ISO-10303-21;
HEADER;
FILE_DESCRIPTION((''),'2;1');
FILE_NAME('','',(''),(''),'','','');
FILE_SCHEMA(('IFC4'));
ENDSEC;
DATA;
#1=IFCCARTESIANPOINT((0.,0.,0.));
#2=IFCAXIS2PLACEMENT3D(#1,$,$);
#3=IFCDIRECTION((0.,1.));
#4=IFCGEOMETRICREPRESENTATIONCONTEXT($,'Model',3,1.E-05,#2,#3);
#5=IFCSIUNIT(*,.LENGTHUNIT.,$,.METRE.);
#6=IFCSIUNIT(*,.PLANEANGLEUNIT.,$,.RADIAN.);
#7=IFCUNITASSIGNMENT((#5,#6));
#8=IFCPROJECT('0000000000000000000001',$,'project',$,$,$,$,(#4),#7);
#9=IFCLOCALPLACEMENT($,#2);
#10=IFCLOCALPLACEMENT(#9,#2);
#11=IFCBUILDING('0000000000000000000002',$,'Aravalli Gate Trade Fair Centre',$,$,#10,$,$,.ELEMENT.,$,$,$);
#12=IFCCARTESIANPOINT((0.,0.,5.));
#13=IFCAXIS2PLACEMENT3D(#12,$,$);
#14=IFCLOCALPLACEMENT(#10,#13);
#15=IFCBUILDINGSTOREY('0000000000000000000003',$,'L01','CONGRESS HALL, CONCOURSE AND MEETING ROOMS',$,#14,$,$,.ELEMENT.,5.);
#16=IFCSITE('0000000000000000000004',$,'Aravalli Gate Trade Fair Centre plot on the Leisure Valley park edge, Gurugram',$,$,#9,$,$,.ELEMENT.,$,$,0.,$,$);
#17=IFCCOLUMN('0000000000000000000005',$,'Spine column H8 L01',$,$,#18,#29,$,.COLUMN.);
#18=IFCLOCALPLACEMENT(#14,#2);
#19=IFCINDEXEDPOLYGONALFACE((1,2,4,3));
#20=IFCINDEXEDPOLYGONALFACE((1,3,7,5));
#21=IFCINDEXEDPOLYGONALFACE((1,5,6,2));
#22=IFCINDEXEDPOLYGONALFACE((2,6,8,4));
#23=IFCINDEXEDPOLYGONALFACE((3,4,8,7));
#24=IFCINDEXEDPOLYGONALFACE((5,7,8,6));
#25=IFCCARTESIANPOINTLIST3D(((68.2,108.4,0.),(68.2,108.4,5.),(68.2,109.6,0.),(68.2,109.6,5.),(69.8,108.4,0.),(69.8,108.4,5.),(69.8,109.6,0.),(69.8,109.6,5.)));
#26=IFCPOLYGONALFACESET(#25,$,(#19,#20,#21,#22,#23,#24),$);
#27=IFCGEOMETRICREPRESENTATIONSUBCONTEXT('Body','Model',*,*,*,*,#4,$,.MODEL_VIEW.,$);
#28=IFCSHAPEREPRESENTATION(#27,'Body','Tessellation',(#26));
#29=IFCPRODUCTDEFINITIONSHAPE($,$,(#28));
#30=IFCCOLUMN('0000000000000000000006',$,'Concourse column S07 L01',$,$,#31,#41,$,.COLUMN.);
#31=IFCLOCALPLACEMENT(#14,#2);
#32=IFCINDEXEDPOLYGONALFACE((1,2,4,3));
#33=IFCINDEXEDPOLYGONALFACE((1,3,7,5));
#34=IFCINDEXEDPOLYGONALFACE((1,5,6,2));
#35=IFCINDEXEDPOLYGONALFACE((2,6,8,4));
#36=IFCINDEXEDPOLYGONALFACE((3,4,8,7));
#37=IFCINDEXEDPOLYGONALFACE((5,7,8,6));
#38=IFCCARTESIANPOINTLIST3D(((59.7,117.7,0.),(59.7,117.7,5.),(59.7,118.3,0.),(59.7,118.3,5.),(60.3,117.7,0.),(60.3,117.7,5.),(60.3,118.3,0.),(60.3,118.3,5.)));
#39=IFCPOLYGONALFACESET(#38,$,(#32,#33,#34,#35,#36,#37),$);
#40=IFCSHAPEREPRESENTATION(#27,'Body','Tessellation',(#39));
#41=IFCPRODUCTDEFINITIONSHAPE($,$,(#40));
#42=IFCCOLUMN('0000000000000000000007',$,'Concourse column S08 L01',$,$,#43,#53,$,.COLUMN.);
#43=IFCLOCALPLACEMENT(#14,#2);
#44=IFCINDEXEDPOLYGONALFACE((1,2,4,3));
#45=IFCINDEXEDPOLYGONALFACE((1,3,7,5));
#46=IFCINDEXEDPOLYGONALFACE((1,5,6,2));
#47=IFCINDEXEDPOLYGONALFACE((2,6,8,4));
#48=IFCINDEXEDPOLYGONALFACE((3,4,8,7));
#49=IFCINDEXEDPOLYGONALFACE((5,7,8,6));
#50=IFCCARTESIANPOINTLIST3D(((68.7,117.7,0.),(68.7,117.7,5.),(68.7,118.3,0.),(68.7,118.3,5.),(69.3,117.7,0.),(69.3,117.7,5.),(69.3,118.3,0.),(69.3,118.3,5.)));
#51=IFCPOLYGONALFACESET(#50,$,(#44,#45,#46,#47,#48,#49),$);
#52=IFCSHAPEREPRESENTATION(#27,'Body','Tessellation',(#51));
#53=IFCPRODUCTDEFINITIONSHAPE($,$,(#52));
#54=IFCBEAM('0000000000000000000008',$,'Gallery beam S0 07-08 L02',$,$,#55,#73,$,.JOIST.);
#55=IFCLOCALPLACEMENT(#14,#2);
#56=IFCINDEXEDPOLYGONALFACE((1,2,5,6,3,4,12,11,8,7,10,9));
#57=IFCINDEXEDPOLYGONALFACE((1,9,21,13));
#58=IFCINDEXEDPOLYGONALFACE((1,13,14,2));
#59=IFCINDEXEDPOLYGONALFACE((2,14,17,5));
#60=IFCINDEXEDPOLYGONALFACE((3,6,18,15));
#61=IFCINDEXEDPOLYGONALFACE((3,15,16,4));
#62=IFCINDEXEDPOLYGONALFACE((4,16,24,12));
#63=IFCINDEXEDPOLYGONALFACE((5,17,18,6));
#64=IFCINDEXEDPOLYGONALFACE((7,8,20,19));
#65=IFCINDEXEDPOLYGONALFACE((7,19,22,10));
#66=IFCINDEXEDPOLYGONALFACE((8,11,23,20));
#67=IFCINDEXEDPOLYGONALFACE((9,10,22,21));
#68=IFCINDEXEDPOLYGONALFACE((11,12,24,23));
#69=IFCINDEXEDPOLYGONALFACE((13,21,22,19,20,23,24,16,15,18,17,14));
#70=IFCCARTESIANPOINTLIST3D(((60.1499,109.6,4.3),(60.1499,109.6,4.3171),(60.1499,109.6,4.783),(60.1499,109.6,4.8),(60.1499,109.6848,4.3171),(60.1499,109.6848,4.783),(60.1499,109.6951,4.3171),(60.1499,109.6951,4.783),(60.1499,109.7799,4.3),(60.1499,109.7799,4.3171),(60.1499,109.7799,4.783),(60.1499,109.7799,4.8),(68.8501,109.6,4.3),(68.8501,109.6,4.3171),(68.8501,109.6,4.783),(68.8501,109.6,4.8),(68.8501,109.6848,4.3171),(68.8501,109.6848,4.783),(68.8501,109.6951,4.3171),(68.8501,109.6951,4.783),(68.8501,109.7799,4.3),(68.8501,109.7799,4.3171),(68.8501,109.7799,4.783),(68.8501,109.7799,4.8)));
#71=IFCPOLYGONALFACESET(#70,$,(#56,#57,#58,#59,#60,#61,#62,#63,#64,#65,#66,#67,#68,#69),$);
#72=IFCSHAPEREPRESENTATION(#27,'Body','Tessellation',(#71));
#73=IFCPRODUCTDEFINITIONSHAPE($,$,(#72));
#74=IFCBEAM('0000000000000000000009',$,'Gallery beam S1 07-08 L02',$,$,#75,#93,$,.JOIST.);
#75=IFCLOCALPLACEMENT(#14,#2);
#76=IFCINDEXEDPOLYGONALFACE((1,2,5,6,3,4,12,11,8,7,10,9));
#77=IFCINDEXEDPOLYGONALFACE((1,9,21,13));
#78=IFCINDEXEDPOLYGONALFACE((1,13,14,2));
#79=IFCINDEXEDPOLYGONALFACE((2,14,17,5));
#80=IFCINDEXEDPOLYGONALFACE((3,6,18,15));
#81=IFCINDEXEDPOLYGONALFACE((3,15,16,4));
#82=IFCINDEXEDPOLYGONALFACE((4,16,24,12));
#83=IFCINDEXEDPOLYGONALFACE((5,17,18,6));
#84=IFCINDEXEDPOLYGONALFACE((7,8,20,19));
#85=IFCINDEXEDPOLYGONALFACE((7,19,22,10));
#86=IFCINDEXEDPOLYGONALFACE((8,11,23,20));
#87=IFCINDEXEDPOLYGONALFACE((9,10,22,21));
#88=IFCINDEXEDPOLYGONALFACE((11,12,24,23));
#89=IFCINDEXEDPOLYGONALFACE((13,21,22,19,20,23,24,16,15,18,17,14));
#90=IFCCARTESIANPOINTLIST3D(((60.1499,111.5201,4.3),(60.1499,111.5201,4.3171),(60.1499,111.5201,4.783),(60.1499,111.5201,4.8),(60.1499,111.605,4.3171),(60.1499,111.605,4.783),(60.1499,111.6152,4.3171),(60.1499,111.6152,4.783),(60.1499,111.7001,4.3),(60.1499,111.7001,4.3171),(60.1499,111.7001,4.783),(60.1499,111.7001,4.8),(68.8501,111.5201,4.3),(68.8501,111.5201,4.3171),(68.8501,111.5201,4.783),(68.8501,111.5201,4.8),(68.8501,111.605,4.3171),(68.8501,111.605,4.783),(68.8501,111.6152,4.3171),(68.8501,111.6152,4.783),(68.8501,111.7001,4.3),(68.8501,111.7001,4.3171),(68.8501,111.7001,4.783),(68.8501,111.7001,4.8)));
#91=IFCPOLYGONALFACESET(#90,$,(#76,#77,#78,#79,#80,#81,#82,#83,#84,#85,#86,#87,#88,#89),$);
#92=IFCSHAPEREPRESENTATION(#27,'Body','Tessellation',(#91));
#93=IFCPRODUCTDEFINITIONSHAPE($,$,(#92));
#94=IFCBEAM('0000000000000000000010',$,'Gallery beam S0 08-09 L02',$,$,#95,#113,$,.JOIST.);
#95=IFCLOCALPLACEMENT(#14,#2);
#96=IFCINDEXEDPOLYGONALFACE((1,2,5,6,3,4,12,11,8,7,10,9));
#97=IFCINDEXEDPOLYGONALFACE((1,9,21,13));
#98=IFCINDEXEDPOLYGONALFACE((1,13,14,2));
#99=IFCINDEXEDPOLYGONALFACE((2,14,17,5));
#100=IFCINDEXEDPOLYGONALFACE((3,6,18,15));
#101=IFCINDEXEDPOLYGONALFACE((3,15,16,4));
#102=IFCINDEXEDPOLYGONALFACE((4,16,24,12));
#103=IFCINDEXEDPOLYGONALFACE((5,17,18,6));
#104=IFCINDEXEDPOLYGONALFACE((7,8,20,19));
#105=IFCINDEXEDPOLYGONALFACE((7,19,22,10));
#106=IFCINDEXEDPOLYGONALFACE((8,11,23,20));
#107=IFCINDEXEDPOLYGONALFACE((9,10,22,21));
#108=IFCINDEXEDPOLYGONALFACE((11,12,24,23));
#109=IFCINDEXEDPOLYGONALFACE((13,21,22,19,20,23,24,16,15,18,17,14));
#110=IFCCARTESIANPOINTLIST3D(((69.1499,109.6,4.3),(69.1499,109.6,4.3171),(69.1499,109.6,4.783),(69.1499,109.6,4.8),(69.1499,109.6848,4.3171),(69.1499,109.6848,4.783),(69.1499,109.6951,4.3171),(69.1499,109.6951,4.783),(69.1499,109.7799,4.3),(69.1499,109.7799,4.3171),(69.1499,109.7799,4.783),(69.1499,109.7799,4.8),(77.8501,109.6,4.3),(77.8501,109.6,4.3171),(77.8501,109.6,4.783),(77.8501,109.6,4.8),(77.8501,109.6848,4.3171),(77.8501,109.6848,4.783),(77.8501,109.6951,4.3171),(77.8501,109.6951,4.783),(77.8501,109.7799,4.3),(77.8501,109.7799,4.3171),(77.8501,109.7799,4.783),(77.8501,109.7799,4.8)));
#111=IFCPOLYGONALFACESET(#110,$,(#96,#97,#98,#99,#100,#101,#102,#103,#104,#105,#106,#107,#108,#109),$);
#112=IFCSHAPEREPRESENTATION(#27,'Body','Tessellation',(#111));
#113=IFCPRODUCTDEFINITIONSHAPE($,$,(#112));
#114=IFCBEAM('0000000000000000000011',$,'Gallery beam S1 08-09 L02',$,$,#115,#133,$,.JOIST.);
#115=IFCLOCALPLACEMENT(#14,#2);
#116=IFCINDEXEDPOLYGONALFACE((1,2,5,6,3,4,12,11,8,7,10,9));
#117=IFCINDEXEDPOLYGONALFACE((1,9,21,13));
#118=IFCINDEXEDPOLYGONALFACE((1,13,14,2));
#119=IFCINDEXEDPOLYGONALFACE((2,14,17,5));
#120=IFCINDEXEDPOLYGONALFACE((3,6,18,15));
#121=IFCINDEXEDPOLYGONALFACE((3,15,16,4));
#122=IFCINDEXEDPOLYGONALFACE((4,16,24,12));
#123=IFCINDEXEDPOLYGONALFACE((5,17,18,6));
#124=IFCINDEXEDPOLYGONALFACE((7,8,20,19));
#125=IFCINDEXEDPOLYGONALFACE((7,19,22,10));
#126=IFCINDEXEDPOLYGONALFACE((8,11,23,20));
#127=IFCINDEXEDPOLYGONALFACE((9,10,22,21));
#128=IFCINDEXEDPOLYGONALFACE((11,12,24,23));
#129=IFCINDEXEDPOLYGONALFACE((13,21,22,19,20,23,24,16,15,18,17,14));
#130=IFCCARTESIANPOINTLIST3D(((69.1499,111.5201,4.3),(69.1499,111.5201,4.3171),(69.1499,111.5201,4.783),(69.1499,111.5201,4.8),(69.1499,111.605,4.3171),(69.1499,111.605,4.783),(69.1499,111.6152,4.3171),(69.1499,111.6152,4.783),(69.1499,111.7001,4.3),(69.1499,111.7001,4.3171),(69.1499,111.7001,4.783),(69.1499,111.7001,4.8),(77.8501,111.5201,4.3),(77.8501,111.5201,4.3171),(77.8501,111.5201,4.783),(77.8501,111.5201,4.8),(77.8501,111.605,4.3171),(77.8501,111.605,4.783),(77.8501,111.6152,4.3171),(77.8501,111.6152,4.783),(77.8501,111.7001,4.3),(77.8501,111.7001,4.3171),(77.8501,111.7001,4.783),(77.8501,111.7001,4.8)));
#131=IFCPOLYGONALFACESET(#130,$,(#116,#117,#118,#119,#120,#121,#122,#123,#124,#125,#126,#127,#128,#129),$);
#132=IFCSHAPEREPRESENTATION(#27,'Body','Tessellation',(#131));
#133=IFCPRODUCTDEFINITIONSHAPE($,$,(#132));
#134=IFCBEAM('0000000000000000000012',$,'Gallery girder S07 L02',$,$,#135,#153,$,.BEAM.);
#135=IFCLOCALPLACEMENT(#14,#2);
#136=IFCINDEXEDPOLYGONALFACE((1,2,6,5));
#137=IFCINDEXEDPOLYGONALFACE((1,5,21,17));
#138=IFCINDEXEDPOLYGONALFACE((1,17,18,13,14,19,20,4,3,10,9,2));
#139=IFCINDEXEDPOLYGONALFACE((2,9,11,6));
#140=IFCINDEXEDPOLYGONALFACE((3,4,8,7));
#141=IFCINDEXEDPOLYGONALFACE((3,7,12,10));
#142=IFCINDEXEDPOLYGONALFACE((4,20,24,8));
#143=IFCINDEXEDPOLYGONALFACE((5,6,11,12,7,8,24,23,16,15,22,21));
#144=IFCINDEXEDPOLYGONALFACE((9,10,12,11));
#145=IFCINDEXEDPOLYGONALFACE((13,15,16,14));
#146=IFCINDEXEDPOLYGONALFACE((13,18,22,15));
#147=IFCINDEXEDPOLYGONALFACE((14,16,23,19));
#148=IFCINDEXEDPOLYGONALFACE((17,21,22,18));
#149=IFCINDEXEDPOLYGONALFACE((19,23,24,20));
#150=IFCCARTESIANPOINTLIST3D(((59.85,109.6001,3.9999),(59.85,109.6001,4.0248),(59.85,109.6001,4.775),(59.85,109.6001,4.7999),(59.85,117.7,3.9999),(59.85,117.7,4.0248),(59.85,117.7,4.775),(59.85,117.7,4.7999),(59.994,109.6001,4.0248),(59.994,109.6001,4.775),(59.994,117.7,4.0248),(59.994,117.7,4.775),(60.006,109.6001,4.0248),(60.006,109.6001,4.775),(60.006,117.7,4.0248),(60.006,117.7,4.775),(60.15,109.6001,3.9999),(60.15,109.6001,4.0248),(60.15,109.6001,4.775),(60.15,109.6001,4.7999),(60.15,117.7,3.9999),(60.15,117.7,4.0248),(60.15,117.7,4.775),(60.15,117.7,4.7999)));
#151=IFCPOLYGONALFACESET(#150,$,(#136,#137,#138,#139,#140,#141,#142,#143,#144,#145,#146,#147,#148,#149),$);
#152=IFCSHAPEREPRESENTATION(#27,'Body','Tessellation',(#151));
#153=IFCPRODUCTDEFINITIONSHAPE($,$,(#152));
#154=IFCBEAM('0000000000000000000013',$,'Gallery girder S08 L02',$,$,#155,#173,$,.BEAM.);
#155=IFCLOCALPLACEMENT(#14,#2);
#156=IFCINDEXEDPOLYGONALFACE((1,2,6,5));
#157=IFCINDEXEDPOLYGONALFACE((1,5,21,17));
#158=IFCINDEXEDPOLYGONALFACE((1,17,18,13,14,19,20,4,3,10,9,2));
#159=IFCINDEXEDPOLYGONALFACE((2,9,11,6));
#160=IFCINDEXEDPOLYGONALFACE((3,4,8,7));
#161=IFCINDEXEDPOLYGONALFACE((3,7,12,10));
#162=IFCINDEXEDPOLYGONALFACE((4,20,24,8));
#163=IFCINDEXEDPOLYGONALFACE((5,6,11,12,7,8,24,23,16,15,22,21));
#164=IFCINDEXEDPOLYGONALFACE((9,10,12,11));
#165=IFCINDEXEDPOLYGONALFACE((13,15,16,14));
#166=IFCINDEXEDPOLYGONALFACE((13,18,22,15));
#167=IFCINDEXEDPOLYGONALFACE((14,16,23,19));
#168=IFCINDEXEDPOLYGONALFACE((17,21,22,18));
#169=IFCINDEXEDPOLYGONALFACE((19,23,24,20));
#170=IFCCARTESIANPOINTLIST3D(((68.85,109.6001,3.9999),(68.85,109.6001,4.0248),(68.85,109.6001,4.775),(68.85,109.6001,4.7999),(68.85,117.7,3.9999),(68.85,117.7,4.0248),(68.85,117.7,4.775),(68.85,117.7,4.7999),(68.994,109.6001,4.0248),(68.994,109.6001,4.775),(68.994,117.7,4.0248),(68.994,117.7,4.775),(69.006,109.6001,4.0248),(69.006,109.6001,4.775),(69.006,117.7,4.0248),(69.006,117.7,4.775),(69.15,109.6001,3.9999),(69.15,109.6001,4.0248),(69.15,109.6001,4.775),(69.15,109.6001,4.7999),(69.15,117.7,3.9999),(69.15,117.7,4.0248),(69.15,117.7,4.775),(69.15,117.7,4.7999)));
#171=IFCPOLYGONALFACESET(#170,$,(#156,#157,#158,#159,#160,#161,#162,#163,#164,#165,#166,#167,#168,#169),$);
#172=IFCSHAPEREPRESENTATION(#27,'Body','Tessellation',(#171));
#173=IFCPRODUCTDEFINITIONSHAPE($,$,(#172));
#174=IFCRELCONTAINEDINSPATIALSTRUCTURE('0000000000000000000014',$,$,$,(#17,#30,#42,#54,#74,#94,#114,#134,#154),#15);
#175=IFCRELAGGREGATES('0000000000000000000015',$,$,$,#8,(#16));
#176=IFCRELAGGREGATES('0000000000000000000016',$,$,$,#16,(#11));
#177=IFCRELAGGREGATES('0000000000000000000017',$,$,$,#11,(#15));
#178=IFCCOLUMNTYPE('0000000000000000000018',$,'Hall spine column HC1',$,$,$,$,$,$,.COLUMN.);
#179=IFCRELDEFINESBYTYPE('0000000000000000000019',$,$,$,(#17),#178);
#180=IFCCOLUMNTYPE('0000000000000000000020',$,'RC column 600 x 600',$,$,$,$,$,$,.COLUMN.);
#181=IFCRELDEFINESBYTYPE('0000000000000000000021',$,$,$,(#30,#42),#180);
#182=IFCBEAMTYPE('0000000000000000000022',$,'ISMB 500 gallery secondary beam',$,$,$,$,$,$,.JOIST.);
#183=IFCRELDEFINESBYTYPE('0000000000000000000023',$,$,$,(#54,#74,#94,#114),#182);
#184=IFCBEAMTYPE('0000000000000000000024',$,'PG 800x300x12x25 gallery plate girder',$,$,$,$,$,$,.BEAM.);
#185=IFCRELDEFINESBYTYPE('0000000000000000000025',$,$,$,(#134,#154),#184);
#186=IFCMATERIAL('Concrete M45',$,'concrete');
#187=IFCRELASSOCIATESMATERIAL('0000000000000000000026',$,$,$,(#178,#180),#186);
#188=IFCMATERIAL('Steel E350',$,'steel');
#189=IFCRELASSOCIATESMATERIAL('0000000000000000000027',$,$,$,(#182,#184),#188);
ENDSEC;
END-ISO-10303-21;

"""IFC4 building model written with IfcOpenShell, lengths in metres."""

from ifc_helpers import new_model, si_unit, direction, frame, origin, origin_2d, place, context, subcontext, project, spatial, rectangle, i_section, extrude, material, material_profile, profile_set, type_object, element, save


model = new_model("IFC4")

# Units and contexts
model_context = context("Model", 3, precision=1e-05, world=origin(), true_north=direction((0.0, 1.0)))
body_context = subcontext(model_context, "Body", "Model", "MODEL_VIEW")
ifc_project = project(units=[si_unit("LENGTHUNIT", "METRE"), si_unit("PLANEANGLEUNIT", "RADIAN")], contexts=[model_context])

# Site, building, storey
site_placement = place(None, origin())
site = spatial("IfcSite", under=ifc_project, at=site_placement, Name="Aravalli Gate Trade Fair Centre plot on the Leisure Valley park edge, Gurugram", CompositionType="ELEMENT", RefElevation=0.0)
building_placement = place(site_placement, origin())
building = spatial("IfcBuilding", under=site, at=building_placement, Name="Aravalli Gate Trade Fair Centre", CompositionType="ELEMENT")
storey_placement = place(building_placement, frame((0.0, 0.0, 5.0)))
storey = spatial("IfcBuildingStorey", under=building, at=storey_placement, Name="L01", Description="CONGRESS HALL, CONCOURSE AND MEETING ROOMS", CompositionType="ELEMENT", Elevation=5.0)

# Columns
ifc_material_1 = material(Name="Concrete M45", Category="concrete")
ifc_material_profile_1 = material_profile(ifc_material_1, rectangle(XDim=1.6001, YDim=1.2, at=origin_2d()), Name="RC 1600x1200")
ifc_profile_set_1 = profile_set([ifc_material_profile_1], Name="Concrete M45")
column_type_1 = type_object("IfcColumnType", Name="Hall spine column HC1", PredefinedType="COLUMN", material=ifc_profile_set_1)
column_placement = place(storey_placement, frame((69.0, 109.0, 0.0), z_axis=(0.0, 0.0, 1.0), x_axis=(1.0, 0.0, 0.0)))
element("IfcColumn", 1, at=column_placement, inside=storey, type_object=column_type_1, Name="Spine column H8 L01", PredefinedType="COLUMN", context=body_context, shape_type="SweptSolid", body=[
    extrude(rectangle(XDim=1.6001, YDim=1.2, at=origin_2d()), origin(), (0.0, 0.0, 1.0), 5.0),
])
ifc_material_profile_2 = material_profile(ifc_material_1, rectangle(XDim=0.6001, YDim=0.6001, at=origin_2d()), Name="RC column 600 x 600")
ifc_profile_set_2 = profile_set([ifc_material_profile_2], Name="Concrete M45")
column_type_2 = type_object("IfcColumnType", Name="RC column 600 x 600", PredefinedType="COLUMN", material=ifc_profile_set_2)
for number, where, z_axis, x_axis, name in (
    (2, (60.0, 118.0, 0.0), (0.0, 0.0, 1.0), (1.0, 0.0, 0.0), "Concourse column S07 L01"),
    (3, (69.0, 118.0, 0.0), (0.0, 0.0, 1.0), (1.0, 0.0, 0.0), "Concourse column S08 L01"),
):
    element("IfcColumn", number, at=place(storey_placement, frame(where, z_axis=z_axis, x_axis=x_axis)), inside=storey, type_object=column_type_2, Name=name, PredefinedType="COLUMN", context=body_context, shape_type="SweptSolid", body=[
        extrude(rectangle(XDim=0.6001, YDim=0.6001, at=origin_2d()), origin(), (0.0, 0.0, 1.0), 5.0),
    ])

# Beams
ifc_material_2 = material(Name="Steel E350", Category="steel")
ifc_material_profile_3 = material_profile(ifc_material_2, i_section(OverallWidth=0.1799, OverallDepth=0.5, WebThickness=0.0103, FlangeThickness=0.0171, at=origin_2d()), Name="ISMB 500")
ifc_profile_set_3 = profile_set([ifc_material_profile_3], Name="Steel E350")
beam_type_1 = type_object("IfcBeamType", Name="ISMB 500 gallery secondary beam", PredefinedType="JOIST", material=ifc_profile_set_3)
for number, where, z_axis, x_axis, name in (
    (4, (60.1499, 109.6899, 4.55), (1.0, 0.0, 0.0), (0.0, 1.0, 0.0), "Gallery beam S0 07-08 L02"),
    (5, (60.1499, 111.6101, 4.55), (1.0, 0.0, 0.0), (0.0, 1.0, 0.0), "Gallery beam S1 07-08 L02"),
    (6, (69.1499, 109.6899, 4.55), (1.0, 0.0, 0.0), (0.0, 1.0, 0.0), "Gallery beam S0 08-09 L02"),
    (7, (69.1499, 111.6101, 4.55), (1.0, 0.0, 0.0), (0.0, 1.0, 0.0), "Gallery beam S1 08-09 L02"),
):
    element("IfcBeam", number, at=place(storey_placement, frame(where, z_axis=z_axis, x_axis=x_axis)), inside=storey, type_object=beam_type_1, Name=name, PredefinedType="JOIST", context=body_context, shape_type="SweptSolid", body=[
        extrude(i_section(OverallWidth=0.1799, OverallDepth=0.5, WebThickness=0.0103, FlangeThickness=0.0171, at=origin_2d()), origin(), (0.0, 0.0, 1.0), 8.7002),
    ])
ifc_material_profile_4 = material_profile(ifc_material_2, i_section(OverallWidth=0.3, OverallDepth=0.8, WebThickness=0.012, FlangeThickness=0.0249, at=origin_2d()), Name="PG 800x300x12x25")
ifc_profile_set_4 = profile_set([ifc_material_profile_4], Name="Steel E350")
beam_type_2 = type_object("IfcBeamType", Name="PG 800x300x12x25 gallery plate girder", PredefinedType="BEAM", material=ifc_profile_set_4)
for number, where, z_axis, x_axis, name in (
    (8, (60.0, 109.6001, 4.3999), (0.0, 1.0, 0.0), (-1.0, 0.0, 0.0), "Gallery girder S07 L02"),
    (9, (69.0, 109.6001, 4.3999), (0.0, 1.0, 0.0), (-1.0, 0.0, 0.0), "Gallery girder S08 L02"),
):
    element("IfcBeam", number, at=place(storey_placement, frame(where, z_axis=z_axis, x_axis=x_axis)), inside=storey, type_object=beam_type_2, Name=name, PredefinedType="BEAM", context=body_context, shape_type="SweptSolid", body=[
        extrude(i_section(OverallWidth=0.3, OverallDepth=0.8, WebThickness=0.012, FlangeThickness=0.0249, at=origin_2d()), origin(), (0.0, 0.0, 1.0), 8.0999),
    ])

save(model, "model.ifc")
